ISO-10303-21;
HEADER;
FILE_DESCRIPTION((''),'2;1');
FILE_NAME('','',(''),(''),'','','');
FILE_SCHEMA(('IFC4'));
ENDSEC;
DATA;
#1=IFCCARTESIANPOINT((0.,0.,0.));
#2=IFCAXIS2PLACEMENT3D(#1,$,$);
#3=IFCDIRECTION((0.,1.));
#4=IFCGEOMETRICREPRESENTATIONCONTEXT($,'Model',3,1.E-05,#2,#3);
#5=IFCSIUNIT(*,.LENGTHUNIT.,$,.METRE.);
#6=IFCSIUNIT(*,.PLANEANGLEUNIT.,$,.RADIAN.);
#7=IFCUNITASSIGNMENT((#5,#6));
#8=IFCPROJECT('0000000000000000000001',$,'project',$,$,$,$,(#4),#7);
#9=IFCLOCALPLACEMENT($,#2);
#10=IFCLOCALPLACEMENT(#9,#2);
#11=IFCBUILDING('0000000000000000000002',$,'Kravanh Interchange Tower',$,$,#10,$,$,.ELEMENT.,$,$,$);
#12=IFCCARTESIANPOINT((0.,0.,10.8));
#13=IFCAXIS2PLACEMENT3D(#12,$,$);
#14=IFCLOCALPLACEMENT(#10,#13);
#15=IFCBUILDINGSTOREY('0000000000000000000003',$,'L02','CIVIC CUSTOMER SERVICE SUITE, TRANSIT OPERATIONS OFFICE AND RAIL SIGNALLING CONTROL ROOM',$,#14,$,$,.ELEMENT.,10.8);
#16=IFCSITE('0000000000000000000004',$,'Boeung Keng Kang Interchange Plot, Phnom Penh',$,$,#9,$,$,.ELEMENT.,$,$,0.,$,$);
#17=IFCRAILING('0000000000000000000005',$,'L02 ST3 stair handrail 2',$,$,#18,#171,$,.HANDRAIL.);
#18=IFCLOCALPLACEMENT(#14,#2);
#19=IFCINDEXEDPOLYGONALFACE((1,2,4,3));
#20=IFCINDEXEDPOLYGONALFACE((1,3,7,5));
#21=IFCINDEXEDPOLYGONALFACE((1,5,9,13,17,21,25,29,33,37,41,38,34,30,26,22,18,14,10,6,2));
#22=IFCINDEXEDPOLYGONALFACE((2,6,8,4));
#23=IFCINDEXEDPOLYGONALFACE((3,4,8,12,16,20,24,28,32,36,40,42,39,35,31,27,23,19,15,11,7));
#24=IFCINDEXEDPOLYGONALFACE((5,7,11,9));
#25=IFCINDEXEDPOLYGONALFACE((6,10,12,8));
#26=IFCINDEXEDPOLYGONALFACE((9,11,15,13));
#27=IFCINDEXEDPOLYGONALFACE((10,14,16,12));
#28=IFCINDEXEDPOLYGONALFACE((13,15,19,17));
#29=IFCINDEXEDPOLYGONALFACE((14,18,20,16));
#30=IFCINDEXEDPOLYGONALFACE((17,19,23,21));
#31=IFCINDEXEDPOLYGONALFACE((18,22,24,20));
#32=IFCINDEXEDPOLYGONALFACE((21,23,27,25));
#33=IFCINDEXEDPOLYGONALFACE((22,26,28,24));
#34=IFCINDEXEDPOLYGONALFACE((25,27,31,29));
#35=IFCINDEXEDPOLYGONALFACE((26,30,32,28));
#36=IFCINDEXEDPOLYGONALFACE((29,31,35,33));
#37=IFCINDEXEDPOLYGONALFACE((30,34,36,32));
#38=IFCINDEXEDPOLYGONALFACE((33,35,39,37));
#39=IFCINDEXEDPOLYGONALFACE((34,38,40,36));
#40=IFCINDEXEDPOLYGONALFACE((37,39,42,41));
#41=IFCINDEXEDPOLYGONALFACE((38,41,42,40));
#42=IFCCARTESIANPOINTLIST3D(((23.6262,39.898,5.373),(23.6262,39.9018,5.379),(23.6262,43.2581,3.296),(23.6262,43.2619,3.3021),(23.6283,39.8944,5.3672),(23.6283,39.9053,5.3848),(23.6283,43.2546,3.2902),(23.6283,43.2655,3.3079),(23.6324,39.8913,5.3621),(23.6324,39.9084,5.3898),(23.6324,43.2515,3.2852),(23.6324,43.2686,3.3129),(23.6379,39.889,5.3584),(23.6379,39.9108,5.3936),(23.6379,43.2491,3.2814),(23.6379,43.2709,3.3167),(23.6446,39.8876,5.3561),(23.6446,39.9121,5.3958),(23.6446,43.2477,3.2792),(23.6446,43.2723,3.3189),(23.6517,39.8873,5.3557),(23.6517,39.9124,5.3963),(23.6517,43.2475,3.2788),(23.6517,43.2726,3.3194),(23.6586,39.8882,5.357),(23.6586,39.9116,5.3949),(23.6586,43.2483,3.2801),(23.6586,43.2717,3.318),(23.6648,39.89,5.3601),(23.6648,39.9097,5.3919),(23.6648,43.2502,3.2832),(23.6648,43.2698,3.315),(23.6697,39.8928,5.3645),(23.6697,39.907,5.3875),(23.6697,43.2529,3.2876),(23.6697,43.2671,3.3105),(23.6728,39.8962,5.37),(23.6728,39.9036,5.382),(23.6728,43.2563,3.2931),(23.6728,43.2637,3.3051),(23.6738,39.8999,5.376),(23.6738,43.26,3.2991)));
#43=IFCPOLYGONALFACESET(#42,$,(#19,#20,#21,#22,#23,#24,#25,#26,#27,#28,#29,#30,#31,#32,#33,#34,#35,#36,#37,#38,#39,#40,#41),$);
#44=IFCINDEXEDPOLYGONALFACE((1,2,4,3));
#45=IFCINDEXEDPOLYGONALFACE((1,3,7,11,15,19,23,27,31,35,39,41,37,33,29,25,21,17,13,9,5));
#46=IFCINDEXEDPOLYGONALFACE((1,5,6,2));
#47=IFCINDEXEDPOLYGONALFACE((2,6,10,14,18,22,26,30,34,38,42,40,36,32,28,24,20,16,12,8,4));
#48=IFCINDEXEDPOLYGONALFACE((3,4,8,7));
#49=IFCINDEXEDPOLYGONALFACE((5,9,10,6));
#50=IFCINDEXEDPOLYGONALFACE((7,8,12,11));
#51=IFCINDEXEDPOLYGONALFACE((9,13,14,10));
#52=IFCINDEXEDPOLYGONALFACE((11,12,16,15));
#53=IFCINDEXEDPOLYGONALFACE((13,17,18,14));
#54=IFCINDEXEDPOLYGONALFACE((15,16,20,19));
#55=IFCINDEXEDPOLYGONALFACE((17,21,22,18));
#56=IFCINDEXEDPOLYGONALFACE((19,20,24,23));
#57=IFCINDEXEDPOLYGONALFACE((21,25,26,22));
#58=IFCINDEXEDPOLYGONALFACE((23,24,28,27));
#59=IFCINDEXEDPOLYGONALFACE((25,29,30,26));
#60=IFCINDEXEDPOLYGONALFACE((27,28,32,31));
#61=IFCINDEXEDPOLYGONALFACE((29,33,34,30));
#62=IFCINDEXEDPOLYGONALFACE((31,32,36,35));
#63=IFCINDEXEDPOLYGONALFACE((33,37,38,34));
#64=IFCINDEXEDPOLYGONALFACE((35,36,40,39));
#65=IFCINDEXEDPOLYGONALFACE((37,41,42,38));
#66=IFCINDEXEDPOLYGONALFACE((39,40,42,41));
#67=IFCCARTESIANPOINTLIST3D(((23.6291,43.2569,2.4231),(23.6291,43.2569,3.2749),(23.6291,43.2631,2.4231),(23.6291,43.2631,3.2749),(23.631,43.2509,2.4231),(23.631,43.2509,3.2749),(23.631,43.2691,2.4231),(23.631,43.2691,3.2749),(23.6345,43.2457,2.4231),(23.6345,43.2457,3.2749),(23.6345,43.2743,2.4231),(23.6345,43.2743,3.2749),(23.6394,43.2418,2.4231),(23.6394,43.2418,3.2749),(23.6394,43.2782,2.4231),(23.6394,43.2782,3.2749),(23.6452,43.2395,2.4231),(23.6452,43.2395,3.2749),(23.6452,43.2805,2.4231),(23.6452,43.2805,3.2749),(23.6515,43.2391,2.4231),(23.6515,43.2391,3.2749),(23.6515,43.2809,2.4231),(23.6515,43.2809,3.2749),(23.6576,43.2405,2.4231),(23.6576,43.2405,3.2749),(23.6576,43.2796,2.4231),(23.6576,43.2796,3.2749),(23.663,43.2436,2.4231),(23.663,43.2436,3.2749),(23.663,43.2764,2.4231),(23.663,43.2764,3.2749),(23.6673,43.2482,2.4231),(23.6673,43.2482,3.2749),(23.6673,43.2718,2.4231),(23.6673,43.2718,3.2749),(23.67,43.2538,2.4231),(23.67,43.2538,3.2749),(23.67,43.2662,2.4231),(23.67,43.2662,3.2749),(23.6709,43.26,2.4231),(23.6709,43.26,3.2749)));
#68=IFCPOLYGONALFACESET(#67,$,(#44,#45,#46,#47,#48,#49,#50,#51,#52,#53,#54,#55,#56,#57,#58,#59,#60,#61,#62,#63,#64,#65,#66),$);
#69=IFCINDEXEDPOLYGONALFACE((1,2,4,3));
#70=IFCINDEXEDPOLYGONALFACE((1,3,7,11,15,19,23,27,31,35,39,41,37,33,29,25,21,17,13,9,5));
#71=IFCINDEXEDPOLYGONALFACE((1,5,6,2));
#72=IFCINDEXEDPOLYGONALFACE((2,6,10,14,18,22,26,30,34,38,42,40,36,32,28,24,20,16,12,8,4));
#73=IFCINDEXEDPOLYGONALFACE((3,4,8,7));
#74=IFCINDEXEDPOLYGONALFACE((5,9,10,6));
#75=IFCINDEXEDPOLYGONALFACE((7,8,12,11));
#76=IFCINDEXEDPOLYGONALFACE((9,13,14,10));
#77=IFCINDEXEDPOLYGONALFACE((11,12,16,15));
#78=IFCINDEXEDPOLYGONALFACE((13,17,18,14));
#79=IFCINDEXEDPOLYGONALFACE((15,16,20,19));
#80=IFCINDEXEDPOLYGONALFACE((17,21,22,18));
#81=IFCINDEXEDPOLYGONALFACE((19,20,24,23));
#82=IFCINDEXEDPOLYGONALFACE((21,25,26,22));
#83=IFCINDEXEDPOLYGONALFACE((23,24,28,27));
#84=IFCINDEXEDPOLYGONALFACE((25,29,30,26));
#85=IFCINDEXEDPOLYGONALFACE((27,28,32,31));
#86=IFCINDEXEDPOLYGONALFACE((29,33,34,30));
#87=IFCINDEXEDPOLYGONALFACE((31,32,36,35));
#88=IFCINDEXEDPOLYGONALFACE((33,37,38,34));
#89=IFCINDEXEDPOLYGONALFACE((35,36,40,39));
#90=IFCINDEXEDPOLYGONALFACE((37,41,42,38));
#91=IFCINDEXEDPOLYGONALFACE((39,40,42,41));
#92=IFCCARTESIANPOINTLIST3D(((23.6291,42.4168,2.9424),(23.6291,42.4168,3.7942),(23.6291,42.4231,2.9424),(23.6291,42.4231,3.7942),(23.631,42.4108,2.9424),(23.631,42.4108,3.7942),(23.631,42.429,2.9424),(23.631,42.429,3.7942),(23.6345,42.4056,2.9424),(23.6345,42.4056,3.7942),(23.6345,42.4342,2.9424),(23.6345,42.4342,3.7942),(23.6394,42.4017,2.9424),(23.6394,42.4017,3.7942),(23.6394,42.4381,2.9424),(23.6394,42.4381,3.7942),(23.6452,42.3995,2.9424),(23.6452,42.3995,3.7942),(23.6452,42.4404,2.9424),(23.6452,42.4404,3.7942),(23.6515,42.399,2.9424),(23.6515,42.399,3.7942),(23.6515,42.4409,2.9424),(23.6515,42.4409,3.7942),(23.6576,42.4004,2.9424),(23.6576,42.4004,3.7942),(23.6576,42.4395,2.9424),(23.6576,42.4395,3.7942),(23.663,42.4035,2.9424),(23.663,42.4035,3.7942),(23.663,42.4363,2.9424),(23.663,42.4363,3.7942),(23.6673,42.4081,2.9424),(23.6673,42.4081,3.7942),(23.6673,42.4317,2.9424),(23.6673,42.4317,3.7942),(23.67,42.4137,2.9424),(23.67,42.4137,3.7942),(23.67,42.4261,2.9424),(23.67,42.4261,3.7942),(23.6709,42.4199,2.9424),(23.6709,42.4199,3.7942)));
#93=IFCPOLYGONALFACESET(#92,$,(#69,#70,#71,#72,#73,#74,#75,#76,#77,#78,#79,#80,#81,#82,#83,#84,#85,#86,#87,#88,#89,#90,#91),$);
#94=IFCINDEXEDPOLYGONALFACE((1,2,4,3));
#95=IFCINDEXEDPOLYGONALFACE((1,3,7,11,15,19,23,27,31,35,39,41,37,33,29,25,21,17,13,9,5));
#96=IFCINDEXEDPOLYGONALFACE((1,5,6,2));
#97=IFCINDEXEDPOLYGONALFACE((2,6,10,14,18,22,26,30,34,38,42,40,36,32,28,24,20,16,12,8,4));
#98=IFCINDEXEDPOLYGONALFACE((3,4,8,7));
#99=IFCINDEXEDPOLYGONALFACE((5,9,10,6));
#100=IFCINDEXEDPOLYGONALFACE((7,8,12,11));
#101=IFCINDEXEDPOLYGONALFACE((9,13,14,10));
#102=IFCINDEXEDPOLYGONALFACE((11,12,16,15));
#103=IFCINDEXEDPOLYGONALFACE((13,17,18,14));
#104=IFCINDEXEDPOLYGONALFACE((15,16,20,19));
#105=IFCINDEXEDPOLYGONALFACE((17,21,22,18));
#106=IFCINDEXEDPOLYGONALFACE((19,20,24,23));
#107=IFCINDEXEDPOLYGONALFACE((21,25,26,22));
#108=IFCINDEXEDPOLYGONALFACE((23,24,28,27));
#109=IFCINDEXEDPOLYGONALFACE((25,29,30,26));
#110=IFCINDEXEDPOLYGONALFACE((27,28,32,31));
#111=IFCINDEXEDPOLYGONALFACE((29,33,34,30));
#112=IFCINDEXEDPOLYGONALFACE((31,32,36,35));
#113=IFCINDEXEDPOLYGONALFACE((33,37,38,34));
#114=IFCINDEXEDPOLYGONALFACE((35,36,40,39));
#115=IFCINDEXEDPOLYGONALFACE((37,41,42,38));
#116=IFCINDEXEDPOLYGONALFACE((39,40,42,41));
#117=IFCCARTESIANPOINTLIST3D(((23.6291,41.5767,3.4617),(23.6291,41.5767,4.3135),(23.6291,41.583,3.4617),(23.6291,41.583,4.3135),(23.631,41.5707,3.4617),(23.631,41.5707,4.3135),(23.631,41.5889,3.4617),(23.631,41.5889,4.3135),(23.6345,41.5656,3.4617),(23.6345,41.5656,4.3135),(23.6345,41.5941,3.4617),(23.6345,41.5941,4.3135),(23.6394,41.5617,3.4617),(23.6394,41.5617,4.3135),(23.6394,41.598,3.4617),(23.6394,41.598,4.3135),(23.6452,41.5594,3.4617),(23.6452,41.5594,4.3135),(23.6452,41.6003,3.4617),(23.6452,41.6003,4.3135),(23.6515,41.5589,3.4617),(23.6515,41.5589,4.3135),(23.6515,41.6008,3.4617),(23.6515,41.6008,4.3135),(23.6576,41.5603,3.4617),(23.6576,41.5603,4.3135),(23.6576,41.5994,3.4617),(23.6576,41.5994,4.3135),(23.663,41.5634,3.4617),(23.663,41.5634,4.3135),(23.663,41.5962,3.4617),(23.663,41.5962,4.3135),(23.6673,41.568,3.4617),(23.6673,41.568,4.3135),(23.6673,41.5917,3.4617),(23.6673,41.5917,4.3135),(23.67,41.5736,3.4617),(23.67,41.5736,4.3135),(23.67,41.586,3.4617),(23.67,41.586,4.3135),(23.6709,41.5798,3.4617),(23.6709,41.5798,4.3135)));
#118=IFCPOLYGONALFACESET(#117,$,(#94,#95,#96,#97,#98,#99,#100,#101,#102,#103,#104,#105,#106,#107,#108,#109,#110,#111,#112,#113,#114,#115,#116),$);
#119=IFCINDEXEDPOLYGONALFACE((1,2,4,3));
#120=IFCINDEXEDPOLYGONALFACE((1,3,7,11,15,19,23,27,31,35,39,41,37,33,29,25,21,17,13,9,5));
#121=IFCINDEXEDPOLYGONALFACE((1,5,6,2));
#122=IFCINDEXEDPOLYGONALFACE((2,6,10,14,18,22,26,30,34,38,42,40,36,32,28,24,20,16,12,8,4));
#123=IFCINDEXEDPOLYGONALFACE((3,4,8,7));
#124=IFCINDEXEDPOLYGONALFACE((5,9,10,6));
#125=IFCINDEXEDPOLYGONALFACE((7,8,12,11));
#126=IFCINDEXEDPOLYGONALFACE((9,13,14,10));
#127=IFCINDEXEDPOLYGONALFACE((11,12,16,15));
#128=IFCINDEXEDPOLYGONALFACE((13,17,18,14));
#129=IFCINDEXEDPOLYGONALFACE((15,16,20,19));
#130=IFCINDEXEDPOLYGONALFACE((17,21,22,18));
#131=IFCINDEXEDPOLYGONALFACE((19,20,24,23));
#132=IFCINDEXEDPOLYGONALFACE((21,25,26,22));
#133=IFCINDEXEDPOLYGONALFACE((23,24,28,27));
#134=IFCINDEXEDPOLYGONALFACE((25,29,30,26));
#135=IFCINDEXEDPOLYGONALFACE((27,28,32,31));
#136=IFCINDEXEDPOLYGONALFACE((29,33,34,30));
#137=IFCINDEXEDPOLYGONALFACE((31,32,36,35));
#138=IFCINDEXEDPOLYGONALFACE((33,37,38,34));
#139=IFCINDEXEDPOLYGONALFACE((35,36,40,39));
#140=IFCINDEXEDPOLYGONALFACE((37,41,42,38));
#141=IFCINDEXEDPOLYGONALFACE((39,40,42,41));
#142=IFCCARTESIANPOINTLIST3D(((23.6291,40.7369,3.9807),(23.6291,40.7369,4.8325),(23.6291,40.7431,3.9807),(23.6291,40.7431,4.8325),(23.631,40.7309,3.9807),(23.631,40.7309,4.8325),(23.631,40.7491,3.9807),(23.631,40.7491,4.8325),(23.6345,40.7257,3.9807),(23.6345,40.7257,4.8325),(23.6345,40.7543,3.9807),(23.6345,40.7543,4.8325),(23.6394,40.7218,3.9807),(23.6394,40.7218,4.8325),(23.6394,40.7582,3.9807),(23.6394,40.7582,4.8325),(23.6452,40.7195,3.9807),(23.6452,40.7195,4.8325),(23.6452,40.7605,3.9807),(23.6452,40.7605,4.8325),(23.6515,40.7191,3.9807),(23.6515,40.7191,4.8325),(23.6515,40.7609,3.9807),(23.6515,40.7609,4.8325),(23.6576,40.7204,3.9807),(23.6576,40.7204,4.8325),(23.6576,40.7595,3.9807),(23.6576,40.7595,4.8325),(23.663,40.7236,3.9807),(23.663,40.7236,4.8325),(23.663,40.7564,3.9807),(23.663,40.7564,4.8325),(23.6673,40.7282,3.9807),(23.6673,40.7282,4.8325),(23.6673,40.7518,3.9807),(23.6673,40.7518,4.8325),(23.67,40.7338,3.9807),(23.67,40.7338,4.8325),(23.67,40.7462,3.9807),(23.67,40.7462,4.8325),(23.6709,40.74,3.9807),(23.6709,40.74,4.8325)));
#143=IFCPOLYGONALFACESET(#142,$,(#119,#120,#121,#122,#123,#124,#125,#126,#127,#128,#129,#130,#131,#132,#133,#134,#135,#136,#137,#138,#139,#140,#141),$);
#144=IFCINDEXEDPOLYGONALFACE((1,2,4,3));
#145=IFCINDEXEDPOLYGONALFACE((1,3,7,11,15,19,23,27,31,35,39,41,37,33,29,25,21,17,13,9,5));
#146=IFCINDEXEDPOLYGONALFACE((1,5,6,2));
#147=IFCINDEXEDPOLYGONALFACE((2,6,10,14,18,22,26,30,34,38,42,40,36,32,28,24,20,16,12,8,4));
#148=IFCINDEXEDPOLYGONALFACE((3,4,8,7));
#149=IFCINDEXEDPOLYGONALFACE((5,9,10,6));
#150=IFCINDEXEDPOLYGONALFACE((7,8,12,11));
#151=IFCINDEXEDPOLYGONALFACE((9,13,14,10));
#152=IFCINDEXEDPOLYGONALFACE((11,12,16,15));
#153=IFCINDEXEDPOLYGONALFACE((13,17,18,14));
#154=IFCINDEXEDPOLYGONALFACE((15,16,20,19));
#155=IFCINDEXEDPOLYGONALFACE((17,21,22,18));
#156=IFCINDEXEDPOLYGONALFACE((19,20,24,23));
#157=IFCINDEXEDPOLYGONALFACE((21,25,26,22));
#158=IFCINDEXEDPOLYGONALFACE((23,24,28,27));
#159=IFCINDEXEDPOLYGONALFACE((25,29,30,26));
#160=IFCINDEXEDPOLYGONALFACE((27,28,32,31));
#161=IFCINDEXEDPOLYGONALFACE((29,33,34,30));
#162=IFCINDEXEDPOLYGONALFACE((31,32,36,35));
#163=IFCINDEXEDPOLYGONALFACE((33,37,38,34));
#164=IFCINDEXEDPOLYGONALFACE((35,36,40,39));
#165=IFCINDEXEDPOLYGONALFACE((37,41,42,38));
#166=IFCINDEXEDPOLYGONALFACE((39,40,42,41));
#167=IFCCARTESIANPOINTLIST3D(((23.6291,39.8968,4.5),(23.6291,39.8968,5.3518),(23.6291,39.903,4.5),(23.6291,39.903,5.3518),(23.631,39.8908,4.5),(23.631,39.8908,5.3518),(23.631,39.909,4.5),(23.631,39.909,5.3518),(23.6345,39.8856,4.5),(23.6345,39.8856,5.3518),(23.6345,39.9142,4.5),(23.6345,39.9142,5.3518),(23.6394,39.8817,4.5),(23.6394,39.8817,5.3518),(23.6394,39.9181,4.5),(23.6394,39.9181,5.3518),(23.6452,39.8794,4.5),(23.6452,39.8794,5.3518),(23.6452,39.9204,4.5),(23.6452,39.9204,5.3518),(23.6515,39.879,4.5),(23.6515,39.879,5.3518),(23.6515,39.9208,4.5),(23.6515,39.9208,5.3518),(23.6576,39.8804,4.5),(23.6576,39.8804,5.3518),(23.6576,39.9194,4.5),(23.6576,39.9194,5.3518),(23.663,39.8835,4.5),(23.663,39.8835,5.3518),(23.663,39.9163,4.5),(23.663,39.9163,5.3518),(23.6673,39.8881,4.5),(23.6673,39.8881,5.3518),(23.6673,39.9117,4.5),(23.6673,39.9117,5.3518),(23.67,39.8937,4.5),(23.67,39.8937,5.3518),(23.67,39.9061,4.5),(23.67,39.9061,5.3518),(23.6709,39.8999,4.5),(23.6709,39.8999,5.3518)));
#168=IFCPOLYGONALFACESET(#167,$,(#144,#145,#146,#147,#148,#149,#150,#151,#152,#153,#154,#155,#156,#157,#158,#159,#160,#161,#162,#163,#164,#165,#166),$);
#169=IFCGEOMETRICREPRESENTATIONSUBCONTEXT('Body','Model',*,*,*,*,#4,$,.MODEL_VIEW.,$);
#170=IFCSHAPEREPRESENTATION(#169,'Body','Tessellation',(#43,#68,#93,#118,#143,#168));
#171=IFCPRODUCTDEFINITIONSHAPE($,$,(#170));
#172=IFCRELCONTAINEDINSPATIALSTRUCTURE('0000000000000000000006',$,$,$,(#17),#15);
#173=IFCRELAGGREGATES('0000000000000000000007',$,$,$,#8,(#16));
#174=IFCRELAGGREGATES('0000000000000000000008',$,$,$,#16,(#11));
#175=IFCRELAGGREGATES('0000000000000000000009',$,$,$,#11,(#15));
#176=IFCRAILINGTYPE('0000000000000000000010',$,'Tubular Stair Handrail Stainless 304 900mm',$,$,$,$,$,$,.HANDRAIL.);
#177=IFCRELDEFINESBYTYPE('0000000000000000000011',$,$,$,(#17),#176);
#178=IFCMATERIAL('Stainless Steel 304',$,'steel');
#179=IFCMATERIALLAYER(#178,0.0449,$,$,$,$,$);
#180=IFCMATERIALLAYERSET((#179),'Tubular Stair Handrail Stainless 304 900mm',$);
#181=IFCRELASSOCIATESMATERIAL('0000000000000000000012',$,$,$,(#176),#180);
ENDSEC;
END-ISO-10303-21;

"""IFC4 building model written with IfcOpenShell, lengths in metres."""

from ifc_helpers import new_model, si_unit, direction, frame, origin, origin_2d, place, context, subcontext, project, spatial, circle, extrude, material, layer, layer_set, type_object, element, save


model = new_model("IFC4")

# Units and contexts
model_context = context("Model", 3, precision=1e-05, world=origin(), true_north=direction((0.0, 1.0)))
body_context = subcontext(model_context, "Body", "Model", "MODEL_VIEW")
ifc_project = project(units=[si_unit("LENGTHUNIT", "METRE"), si_unit("PLANEANGLEUNIT", "RADIAN")], contexts=[model_context])

# Site, building, storey
site_placement = place(None, origin())
site = spatial("IfcSite", under=ifc_project, at=site_placement, Name="Boeung Keng Kang Interchange Plot, Phnom Penh", CompositionType="ELEMENT", RefElevation=0.0)
building_placement = place(site_placement, origin())
building = spatial("IfcBuilding", under=site, at=building_placement, Name="Kravanh Interchange Tower", CompositionType="ELEMENT")
storey_placement = place(building_placement, frame((0.0, 0.0, 10.8)))
storey = spatial("IfcBuildingStorey", under=building, at=storey_placement, Name="L02", Description="CIVIC CUSTOMER SERVICE SUITE, TRANSIT OPERATIONS OFFICE AND RAIL SIGNALLING CONTROL ROOM", CompositionType="ELEMENT", Elevation=10.8)

# Railing
ifc_material_1 = material(Name="Stainless Steel 304", Category="steel")
ifc_layer_1 = layer(ifc_material_1, 0.0449)
ifc_layer_set_1 = layer_set([ifc_layer_1], Name="Tubular Stair Handrail Stainless 304 900mm")
railing_type_1 = type_object("IfcRailingType", Name="Tubular Stair Handrail Stainless 304 900mm", PredefinedType="HANDRAIL", material=ifc_layer_set_1)
railing_1_placement = place(storey_placement, frame((23.6499, 43.26, 2.4231)))
element("IfcRailing", 1, at=railing_1_placement, inside=storey, type_object=railing_type_1, Name="L02 ST3 stair handrail 2", PredefinedType="HANDRAIL", context=body_context, shape_type="SweptSolid", body=[
    extrude(circle(Radius=0.0239, at=origin_2d()), frame((0.0, 0.0, 0.876), z_axis=(0.0, -0.850623, 0.525776), x_axis=(1.0, 0.0, 0.0)), (0.0, 0.0, 1.0), 3.9502),
    extrude(circle(Radius=0.021, at=origin_2d()), origin(), (0.0, 0.0, 1.0), 0.8518),
    extrude(circle(Radius=0.021, at=origin_2d()), frame((0.0, -0.8401, 0.5193)), (0.0, 0.0, 1.0), 0.8518),
    extrude(circle(Radius=0.021, at=origin_2d()), frame((0.0, -1.6802, 1.0386)), (0.0, 0.0, 1.0), 0.8518),
    extrude(circle(Radius=0.021, at=origin_2d()), frame((0.0, -2.52, 1.5576)), (0.0, 0.0, 1.0), 0.8518),
    extrude(circle(Radius=0.021, at=origin_2d()), frame((0.0, -3.3601, 2.0769)), (0.0, 0.0, 1.0), 0.8518),
])

save(model, "model.ifc")
